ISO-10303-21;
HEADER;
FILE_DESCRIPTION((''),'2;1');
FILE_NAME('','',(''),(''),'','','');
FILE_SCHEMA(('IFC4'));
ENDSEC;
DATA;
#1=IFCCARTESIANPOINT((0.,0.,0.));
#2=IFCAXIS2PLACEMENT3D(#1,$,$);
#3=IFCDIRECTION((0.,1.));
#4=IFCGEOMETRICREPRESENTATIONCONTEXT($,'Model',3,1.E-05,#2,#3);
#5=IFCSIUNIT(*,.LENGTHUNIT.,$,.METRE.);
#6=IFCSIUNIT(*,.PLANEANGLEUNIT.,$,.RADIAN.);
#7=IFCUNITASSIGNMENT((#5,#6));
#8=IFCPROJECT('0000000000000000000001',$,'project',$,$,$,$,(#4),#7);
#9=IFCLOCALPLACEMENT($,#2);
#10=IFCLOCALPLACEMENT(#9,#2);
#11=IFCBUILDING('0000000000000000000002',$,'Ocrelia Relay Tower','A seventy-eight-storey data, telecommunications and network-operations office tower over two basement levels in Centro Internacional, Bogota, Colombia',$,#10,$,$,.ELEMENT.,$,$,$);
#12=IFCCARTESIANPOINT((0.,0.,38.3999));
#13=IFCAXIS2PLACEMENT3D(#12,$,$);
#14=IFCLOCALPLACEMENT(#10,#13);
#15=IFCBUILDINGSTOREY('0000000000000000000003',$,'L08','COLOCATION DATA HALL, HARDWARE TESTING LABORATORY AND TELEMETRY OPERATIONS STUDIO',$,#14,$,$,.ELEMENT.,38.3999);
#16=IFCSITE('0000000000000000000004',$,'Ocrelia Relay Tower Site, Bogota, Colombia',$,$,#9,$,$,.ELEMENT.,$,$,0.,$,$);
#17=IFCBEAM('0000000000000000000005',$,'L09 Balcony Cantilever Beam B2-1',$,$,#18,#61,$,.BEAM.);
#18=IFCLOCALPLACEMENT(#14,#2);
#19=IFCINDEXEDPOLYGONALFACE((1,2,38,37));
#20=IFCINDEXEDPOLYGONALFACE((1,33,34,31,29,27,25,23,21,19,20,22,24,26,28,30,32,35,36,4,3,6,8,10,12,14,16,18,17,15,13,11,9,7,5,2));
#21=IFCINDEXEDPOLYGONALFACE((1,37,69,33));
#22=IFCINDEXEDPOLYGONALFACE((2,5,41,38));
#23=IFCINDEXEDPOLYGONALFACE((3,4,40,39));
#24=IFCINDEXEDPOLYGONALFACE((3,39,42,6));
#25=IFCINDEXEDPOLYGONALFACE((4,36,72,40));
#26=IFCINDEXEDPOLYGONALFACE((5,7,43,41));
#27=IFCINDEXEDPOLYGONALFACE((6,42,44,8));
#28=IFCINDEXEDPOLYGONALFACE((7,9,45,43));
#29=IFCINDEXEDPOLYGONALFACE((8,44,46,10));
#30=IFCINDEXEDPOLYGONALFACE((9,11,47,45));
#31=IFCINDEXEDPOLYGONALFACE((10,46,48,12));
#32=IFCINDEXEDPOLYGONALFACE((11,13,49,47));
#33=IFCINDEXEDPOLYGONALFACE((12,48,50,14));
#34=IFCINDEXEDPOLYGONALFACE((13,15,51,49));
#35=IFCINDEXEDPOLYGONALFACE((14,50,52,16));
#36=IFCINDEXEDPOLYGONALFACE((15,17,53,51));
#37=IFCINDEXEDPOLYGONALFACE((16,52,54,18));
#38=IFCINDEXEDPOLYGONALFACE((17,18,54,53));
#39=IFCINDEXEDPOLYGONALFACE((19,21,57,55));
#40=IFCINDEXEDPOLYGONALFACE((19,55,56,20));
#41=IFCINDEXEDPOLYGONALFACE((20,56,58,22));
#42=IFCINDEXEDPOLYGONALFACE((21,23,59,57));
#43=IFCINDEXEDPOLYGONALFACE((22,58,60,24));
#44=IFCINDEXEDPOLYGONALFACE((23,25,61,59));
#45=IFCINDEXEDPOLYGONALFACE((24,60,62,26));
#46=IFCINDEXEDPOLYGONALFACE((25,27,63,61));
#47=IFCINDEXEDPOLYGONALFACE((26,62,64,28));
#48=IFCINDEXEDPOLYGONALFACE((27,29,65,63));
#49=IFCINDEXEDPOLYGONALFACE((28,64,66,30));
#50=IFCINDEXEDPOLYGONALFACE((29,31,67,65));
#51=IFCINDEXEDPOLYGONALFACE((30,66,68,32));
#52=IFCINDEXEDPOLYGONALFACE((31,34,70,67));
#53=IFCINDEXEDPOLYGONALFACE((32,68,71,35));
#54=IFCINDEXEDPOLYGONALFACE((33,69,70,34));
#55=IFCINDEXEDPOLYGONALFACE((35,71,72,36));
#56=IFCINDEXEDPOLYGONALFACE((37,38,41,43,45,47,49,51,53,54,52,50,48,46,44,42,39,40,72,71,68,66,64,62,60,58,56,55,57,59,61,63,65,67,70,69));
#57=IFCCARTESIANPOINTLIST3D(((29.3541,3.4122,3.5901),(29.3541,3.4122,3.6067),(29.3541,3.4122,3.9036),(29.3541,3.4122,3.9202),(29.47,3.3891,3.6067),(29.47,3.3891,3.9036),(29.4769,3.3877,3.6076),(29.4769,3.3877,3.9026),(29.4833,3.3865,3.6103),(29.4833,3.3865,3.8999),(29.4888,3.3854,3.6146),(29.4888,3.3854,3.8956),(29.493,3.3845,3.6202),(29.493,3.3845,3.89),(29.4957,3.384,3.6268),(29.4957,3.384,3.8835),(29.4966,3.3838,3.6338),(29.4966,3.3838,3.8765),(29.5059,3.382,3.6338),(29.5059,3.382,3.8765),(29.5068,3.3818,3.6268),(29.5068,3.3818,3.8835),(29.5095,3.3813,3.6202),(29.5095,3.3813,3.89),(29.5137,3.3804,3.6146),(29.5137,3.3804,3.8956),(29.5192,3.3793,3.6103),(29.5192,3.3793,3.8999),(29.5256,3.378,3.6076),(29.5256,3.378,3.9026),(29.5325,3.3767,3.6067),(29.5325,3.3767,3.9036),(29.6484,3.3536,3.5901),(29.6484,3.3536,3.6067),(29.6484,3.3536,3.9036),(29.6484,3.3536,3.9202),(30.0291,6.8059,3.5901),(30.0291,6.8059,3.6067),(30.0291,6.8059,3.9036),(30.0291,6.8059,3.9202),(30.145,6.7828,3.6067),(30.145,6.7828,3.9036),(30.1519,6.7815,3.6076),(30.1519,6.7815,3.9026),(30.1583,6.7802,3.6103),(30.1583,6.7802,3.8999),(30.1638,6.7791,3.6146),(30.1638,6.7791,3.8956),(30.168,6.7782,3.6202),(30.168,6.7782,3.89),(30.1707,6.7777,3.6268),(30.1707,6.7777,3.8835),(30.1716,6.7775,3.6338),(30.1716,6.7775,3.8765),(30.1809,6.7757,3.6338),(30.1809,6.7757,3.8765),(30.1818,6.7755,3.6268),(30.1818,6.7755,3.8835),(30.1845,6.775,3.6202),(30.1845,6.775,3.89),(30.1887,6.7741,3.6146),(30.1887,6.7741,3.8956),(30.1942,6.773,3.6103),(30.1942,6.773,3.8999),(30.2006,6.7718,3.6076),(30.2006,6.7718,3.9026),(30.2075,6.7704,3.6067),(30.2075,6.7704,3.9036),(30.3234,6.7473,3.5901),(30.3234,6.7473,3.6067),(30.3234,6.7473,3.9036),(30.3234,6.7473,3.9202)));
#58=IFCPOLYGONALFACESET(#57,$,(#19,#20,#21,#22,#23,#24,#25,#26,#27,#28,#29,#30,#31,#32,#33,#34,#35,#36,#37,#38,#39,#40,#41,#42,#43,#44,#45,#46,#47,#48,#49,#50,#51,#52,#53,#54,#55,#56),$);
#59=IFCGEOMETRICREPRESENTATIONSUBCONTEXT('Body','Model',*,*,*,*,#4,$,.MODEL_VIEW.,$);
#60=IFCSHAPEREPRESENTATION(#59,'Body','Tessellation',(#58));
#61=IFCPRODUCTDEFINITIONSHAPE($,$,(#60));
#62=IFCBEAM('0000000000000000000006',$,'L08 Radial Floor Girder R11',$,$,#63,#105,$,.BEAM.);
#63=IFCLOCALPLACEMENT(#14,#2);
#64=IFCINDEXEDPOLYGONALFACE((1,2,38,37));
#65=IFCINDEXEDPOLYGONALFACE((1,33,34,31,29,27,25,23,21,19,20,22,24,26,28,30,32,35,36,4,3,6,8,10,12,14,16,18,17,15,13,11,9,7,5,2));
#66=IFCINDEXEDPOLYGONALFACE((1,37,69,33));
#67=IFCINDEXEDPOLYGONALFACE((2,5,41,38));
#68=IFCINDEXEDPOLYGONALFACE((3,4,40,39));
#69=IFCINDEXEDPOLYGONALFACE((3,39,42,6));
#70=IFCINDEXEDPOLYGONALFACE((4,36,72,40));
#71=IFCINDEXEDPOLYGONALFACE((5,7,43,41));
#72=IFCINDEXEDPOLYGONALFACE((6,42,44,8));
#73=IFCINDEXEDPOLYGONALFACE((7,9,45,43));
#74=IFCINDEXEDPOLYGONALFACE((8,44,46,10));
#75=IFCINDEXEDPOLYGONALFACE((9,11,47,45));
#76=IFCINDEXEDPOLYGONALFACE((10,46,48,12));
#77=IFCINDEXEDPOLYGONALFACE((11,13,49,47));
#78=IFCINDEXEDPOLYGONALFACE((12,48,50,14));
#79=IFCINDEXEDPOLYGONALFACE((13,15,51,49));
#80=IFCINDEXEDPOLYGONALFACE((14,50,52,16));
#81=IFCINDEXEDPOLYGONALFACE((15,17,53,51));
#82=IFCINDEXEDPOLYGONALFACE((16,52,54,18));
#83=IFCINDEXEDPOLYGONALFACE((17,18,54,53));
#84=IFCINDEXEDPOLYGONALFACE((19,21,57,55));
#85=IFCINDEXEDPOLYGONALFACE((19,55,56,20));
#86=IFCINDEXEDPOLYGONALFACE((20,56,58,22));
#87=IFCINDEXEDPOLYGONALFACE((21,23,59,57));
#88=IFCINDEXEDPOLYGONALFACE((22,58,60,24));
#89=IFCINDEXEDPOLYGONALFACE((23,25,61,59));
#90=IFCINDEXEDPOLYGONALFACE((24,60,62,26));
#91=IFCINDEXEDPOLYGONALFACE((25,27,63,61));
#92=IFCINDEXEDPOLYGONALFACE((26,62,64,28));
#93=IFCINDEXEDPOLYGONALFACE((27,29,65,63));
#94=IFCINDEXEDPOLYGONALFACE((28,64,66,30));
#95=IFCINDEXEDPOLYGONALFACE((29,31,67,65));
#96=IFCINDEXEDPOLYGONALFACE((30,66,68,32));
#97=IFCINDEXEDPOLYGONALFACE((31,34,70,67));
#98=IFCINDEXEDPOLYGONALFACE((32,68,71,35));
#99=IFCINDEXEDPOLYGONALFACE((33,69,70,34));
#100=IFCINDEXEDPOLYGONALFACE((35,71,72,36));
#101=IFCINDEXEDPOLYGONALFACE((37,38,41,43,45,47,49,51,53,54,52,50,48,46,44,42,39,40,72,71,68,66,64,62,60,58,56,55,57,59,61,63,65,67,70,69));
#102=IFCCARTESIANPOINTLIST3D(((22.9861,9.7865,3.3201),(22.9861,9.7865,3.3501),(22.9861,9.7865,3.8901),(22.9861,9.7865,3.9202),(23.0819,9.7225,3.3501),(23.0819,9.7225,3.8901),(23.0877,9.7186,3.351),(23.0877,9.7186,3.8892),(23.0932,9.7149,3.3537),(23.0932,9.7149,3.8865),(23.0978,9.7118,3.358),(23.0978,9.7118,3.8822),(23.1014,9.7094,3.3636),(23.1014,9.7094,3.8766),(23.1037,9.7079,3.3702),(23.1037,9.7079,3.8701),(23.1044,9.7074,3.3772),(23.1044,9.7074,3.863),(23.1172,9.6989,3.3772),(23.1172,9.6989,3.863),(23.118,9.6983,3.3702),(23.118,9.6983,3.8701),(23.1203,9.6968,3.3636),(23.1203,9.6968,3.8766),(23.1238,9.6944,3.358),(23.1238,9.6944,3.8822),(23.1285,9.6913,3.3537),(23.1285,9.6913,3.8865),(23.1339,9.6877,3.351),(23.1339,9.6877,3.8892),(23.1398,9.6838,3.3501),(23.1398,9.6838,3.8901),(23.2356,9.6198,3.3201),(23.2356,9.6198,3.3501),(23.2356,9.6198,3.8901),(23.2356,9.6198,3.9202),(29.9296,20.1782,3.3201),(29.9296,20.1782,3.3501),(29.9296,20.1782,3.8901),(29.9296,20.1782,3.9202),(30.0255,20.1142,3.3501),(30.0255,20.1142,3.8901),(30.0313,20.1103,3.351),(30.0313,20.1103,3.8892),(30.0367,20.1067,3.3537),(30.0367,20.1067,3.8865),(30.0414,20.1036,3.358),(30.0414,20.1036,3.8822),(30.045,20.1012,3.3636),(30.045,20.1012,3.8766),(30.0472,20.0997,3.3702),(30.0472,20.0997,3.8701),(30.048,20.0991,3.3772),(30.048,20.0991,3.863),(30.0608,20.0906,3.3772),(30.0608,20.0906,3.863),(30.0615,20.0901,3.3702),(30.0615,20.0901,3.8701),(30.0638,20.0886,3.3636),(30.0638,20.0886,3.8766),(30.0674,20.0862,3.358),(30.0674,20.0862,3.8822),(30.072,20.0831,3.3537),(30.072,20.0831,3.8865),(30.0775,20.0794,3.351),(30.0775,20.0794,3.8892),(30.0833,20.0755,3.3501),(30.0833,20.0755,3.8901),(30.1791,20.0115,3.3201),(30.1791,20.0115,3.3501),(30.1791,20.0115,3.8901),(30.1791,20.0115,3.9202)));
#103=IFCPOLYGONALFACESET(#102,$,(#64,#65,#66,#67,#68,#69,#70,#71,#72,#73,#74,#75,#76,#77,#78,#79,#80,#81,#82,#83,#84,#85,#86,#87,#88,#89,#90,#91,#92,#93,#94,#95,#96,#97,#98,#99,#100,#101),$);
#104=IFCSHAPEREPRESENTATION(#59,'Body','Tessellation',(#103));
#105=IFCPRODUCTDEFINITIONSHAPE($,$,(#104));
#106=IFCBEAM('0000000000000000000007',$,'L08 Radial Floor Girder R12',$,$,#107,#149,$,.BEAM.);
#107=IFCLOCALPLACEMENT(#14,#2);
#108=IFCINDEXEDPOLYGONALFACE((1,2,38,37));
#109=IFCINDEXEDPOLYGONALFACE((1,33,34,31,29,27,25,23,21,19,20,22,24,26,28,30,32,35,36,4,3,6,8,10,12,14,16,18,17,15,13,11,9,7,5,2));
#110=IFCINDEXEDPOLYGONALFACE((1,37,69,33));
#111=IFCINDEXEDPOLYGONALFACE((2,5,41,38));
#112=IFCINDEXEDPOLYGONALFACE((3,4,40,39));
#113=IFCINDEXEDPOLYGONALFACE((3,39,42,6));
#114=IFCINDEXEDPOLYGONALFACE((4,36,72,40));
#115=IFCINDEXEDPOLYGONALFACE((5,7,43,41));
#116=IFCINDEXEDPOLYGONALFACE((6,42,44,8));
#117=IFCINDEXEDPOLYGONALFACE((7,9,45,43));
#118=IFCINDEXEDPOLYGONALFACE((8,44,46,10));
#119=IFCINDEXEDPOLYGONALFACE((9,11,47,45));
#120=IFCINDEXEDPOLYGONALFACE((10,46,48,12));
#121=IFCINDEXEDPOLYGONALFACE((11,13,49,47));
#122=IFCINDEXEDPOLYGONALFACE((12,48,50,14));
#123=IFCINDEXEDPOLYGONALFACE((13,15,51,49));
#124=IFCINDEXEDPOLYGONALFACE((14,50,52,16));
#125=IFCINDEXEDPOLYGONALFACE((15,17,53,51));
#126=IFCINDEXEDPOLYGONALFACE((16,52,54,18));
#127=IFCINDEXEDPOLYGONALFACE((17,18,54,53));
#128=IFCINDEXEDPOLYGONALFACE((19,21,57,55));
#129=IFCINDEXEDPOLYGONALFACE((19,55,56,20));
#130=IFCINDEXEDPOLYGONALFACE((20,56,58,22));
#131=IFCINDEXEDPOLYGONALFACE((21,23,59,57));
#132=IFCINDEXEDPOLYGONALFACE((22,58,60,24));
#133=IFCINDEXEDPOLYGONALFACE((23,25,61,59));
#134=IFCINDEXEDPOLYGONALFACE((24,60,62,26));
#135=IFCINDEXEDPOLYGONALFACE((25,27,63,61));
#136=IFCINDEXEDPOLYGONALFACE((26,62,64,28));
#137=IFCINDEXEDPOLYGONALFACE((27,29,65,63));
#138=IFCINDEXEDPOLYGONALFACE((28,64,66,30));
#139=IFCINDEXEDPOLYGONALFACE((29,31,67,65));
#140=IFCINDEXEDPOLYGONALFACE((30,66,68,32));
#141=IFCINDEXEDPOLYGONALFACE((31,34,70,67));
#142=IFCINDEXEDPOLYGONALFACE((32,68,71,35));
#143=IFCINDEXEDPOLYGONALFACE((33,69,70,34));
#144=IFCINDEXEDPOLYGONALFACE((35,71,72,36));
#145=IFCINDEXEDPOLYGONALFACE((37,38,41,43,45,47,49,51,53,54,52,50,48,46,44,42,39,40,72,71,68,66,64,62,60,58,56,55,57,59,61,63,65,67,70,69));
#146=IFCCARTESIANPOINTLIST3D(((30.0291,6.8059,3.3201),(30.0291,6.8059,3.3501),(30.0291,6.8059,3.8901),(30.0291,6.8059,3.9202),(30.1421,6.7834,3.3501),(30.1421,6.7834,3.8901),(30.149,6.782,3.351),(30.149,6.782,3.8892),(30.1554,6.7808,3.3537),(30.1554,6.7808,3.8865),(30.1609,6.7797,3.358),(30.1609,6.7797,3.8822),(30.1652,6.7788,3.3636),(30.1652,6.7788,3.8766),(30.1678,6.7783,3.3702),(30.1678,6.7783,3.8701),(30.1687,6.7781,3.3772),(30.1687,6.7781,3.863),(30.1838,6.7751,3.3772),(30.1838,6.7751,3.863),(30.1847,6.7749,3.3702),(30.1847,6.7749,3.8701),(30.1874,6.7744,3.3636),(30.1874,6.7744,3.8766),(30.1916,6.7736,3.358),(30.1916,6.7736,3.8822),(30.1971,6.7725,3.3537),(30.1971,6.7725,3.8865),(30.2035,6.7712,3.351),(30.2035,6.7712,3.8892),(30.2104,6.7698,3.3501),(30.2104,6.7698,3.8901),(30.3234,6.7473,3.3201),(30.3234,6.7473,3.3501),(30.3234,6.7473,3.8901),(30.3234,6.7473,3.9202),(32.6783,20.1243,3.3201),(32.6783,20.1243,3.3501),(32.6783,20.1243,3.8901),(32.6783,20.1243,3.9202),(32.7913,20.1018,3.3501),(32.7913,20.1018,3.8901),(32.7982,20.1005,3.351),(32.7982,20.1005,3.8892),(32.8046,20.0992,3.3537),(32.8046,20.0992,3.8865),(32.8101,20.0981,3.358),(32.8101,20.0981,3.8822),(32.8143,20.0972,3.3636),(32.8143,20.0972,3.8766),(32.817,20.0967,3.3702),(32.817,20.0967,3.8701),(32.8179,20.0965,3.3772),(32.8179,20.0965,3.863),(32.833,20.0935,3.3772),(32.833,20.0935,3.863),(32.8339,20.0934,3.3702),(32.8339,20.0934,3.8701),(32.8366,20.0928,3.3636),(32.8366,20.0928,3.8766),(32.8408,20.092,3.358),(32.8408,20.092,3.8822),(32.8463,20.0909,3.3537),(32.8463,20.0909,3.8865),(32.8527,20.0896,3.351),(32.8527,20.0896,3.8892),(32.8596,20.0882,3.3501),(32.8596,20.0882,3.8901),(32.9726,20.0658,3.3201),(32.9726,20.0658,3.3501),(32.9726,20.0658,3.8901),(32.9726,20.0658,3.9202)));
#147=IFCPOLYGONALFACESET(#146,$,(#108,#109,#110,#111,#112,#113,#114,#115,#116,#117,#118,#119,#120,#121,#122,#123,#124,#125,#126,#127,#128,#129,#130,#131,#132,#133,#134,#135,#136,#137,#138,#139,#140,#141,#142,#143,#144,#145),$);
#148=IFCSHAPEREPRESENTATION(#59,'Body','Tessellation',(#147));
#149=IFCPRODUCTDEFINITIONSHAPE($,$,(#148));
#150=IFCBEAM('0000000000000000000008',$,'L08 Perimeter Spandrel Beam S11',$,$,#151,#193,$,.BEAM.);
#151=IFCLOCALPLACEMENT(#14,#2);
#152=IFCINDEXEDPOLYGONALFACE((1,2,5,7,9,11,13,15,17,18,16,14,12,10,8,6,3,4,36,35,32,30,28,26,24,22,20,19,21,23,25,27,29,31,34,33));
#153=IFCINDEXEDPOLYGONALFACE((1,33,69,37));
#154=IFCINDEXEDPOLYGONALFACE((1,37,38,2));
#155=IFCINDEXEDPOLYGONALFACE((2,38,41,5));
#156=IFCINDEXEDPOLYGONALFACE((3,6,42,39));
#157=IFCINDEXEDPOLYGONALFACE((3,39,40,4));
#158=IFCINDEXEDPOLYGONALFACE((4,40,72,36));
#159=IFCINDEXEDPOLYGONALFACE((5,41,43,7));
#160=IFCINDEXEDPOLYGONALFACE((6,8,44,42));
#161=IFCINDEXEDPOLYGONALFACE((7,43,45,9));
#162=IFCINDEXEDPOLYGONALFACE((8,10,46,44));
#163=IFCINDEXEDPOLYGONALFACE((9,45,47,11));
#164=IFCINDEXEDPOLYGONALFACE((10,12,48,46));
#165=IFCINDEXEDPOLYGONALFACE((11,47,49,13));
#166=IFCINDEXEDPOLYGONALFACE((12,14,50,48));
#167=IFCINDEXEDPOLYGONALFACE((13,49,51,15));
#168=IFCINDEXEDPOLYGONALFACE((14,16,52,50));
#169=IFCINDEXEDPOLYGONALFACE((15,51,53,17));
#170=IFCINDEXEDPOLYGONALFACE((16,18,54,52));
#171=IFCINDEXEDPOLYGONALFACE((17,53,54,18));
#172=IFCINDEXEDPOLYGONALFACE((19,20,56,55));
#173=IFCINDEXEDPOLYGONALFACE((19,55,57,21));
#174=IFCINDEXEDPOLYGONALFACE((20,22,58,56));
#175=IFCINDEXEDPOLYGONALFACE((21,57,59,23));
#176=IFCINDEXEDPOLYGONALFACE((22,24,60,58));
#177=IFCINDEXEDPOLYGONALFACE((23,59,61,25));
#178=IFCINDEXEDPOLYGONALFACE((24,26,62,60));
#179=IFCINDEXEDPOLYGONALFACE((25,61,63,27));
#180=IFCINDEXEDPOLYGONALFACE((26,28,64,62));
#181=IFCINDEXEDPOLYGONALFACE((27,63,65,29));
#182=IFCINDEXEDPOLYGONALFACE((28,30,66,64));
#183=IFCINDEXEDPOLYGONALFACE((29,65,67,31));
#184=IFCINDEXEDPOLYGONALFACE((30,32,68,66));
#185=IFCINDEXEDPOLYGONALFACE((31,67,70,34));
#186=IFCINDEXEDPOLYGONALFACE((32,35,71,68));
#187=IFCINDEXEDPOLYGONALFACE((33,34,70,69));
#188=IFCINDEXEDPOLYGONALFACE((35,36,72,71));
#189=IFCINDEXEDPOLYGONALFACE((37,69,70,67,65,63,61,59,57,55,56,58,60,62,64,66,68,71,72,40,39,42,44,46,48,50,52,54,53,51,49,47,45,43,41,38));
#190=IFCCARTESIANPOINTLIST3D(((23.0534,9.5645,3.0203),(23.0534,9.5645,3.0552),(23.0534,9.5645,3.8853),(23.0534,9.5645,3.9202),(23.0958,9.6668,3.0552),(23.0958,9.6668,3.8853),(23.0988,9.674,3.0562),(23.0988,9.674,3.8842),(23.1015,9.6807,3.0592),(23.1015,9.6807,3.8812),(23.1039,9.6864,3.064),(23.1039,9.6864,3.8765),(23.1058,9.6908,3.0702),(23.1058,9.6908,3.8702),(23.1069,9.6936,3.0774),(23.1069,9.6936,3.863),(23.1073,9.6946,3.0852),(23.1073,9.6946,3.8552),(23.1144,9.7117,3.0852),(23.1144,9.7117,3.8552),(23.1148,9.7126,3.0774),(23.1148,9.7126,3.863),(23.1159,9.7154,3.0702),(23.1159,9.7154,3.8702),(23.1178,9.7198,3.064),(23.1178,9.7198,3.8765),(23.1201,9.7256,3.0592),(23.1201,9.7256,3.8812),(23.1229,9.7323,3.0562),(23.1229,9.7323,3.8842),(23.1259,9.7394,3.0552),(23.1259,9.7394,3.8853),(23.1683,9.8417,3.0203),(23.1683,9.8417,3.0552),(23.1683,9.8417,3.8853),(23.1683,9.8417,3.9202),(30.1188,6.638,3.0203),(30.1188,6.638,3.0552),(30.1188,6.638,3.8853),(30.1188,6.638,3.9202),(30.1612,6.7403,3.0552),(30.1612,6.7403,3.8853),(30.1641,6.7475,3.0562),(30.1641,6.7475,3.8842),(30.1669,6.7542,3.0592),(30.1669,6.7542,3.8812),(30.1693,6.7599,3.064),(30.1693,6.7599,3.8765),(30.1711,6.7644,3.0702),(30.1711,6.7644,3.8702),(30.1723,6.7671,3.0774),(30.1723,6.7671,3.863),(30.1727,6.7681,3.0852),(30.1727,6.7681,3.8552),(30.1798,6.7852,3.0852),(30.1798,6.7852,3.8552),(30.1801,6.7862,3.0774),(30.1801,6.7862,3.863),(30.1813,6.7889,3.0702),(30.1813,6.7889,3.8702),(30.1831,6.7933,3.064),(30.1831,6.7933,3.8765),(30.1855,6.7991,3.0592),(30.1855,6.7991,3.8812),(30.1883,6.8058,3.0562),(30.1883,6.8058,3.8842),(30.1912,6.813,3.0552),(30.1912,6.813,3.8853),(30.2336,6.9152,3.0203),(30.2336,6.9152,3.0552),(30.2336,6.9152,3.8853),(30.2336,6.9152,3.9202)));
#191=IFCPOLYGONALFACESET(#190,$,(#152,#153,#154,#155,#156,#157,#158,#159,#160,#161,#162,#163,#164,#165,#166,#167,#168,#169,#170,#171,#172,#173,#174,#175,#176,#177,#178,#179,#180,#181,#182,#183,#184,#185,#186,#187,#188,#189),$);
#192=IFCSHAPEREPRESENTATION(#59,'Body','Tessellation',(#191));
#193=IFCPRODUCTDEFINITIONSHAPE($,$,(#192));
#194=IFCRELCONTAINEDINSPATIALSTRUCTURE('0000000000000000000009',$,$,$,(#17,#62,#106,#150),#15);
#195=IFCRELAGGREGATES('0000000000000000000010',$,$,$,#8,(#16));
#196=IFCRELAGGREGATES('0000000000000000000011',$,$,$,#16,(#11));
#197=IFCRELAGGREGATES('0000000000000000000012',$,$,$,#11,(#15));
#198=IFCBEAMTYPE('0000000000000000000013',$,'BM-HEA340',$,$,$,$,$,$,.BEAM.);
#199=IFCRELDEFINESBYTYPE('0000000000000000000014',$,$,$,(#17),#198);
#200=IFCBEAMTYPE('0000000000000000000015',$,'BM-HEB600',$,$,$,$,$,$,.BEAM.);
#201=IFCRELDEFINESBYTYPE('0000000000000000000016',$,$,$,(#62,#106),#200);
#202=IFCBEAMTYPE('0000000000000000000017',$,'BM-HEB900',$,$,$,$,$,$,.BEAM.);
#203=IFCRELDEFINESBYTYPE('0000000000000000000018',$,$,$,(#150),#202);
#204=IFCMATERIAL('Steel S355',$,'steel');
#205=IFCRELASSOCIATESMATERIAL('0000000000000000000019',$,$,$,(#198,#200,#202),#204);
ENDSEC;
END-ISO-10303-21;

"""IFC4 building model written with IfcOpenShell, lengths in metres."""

from ifc_helpers import new_model, si_unit, direction, frame, origin, origin_2d, place, context, subcontext, project, spatial, i_section, extrude, material, material_profile, profile_set, type_object, element, save


model = new_model("IFC4")

# Units and contexts
model_context = context("Model", 3, precision=1e-05, world=origin(), true_north=direction((0.0, 1.0)))
body_context = subcontext(model_context, "Body", "Model", "MODEL_VIEW")
ifc_project = project(units=[si_unit("LENGTHUNIT", "METRE"), si_unit("PLANEANGLEUNIT", "RADIAN")], contexts=[model_context])

# Site, building, storey
site_placement = place(None, origin())
site = spatial("IfcSite", under=ifc_project, at=site_placement, Name="Ocrelia Relay Tower Site, Bogota, Colombia", CompositionType="ELEMENT", RefElevation=0.0)
building_placement = place(site_placement, origin())
building = spatial("IfcBuilding", under=site, at=building_placement, Name="Ocrelia Relay Tower", Description="A seventy-eight-storey data, telecommunications and network-operations office tower over two basement levels in Centro Internacional, Bogota, Colombia", CompositionType="ELEMENT")
storey_placement = place(building_placement, frame((0.0, 0.0, 38.3999)))
storey = spatial("IfcBuildingStorey", under=building, at=storey_placement, Name="L08", Description="COLOCATION DATA HALL, HARDWARE TESTING LABORATORY AND TELEMETRY OPERATIONS STUDIO", CompositionType="ELEMENT", Elevation=38.3999)

# Beams
ifc_material_1 = material(Name="Steel S355", Category="steel")
ifc_material_profile_1 = material_profile(ifc_material_1, i_section(OverallWidth=0.3, OverallDepth=0.3301, WebThickness=0.0095, FlangeThickness=0.0166, FilletRadius=0.0271, at=origin_2d()), Name="HEA 340")
ifc_profile_set_1 = profile_set([ifc_material_profile_1], Name="Steel S355")
beam_type_1 = type_object("IfcBeamType", Name="BM-HEA340", PredefinedType="BEAM", material=ifc_profile_set_1)
beam_1_placement = place(storey_placement, frame((30.1763, 6.7766, 3.7551), z_axis=(-0.195085, -0.980786, 0.0), x_axis=(0.980786, -0.195085, 0.0)))
element("IfcBeam", 1, at=beam_1_placement, inside=storey, type_object=beam_type_1, Name="L09 Balcony Cantilever Beam B2-1", PredefinedType="BEAM", context=body_context, shape_type="SweptSolid", body=[
    extrude(i_section(OverallWidth=0.3, OverallDepth=0.3301, WebThickness=0.0095, FlangeThickness=0.0166, FilletRadius=0.0271, at=origin_2d()), origin(), (0.0, 0.0, 1.0), 3.4602),
])
ifc_material_profile_2 = material_profile(ifc_material_1, i_section(OverallWidth=0.3, OverallDepth=0.6001, WebThickness=0.0154, FlangeThickness=0.03, FilletRadius=0.0271, at=origin_2d()), Name="HEB 600")
ifc_profile_set_2 = profile_set([ifc_material_profile_2], Name="Steel S355")
beam_type_2 = type_object("IfcBeamType", Name="BM-HEB600", PredefinedType="BEAM", material=ifc_profile_set_2)
beam_2_placement = place(storey_placement, frame((23.1108, 9.7031, 3.6201), z_axis=(0.55557, 0.83147, 0.0), x_axis=(-0.83147, 0.55557, 0.0)))
element("IfcBeam", 2, at=beam_2_placement, inside=storey, type_object=beam_type_2, Name="L08 Radial Floor Girder R11", PredefinedType="BEAM", context=body_context, shape_type="SweptSolid", body=[
    extrude(i_section(OverallWidth=0.3, OverallDepth=0.6001, WebThickness=0.0154, FlangeThickness=0.03, FilletRadius=0.0271, at=origin_2d()), origin(), (0.0, 0.0, 1.0), 12.498),
])
beam_3_placement = place(storey_placement, frame((30.1763, 6.7766, 3.6201), z_axis=(0.195089, 0.980786, 0.0), x_axis=(-0.980786, 0.195089, 0.0)))
element("IfcBeam", 3, at=beam_3_placement, inside=storey, type_object=beam_type_2, Name="L08 Radial Floor Girder R12", PredefinedType="BEAM", context=body_context, shape_type="SweptSolid", body=[
    extrude(i_section(OverallWidth=0.3, OverallDepth=0.6001, WebThickness=0.0154, FlangeThickness=0.03, FilletRadius=0.0271, at=origin_2d()), origin(), (0.0, 0.0, 1.0), 13.5793),
])
ifc_material_profile_3 = material_profile(ifc_material_1, i_section(OverallWidth=0.3, OverallDepth=0.8999, WebThickness=0.0186, FlangeThickness=0.0349, FilletRadius=0.03, at=origin_2d()), Name="HEB 900")
ifc_profile_set_3 = profile_set([ifc_material_profile_3], Name="Steel S355")
beam_type_3 = type_object("IfcBeamType", Name="BM-HEB900", PredefinedType="BEAM", material=ifc_profile_set_3)
for number, where, z_axis, x_axis, name in (
    (4, (23.1108, 9.7031, 3.4702), (0.923883, -0.382674, 0.0), (0.382674, 0.923883, 0.0), "L08 Perimeter Spandrel Beam S11"),
):
    element("IfcBeam", number, at=place(storey_placement, frame(where, z_axis=z_axis, x_axis=x_axis)), inside=storey, type_object=beam_type_3, Name=name, PredefinedType="BEAM", context=body_context, shape_type="SweptSolid", body=[
        extrude(i_section(OverallWidth=0.3, OverallDepth=0.8999, WebThickness=0.0186, FlangeThickness=0.0349, FilletRadius=0.03, at=origin_2d()), origin(), (0.0, 0.0, 1.0), 7.6475),
    ])

save(model, "model.ifc")
